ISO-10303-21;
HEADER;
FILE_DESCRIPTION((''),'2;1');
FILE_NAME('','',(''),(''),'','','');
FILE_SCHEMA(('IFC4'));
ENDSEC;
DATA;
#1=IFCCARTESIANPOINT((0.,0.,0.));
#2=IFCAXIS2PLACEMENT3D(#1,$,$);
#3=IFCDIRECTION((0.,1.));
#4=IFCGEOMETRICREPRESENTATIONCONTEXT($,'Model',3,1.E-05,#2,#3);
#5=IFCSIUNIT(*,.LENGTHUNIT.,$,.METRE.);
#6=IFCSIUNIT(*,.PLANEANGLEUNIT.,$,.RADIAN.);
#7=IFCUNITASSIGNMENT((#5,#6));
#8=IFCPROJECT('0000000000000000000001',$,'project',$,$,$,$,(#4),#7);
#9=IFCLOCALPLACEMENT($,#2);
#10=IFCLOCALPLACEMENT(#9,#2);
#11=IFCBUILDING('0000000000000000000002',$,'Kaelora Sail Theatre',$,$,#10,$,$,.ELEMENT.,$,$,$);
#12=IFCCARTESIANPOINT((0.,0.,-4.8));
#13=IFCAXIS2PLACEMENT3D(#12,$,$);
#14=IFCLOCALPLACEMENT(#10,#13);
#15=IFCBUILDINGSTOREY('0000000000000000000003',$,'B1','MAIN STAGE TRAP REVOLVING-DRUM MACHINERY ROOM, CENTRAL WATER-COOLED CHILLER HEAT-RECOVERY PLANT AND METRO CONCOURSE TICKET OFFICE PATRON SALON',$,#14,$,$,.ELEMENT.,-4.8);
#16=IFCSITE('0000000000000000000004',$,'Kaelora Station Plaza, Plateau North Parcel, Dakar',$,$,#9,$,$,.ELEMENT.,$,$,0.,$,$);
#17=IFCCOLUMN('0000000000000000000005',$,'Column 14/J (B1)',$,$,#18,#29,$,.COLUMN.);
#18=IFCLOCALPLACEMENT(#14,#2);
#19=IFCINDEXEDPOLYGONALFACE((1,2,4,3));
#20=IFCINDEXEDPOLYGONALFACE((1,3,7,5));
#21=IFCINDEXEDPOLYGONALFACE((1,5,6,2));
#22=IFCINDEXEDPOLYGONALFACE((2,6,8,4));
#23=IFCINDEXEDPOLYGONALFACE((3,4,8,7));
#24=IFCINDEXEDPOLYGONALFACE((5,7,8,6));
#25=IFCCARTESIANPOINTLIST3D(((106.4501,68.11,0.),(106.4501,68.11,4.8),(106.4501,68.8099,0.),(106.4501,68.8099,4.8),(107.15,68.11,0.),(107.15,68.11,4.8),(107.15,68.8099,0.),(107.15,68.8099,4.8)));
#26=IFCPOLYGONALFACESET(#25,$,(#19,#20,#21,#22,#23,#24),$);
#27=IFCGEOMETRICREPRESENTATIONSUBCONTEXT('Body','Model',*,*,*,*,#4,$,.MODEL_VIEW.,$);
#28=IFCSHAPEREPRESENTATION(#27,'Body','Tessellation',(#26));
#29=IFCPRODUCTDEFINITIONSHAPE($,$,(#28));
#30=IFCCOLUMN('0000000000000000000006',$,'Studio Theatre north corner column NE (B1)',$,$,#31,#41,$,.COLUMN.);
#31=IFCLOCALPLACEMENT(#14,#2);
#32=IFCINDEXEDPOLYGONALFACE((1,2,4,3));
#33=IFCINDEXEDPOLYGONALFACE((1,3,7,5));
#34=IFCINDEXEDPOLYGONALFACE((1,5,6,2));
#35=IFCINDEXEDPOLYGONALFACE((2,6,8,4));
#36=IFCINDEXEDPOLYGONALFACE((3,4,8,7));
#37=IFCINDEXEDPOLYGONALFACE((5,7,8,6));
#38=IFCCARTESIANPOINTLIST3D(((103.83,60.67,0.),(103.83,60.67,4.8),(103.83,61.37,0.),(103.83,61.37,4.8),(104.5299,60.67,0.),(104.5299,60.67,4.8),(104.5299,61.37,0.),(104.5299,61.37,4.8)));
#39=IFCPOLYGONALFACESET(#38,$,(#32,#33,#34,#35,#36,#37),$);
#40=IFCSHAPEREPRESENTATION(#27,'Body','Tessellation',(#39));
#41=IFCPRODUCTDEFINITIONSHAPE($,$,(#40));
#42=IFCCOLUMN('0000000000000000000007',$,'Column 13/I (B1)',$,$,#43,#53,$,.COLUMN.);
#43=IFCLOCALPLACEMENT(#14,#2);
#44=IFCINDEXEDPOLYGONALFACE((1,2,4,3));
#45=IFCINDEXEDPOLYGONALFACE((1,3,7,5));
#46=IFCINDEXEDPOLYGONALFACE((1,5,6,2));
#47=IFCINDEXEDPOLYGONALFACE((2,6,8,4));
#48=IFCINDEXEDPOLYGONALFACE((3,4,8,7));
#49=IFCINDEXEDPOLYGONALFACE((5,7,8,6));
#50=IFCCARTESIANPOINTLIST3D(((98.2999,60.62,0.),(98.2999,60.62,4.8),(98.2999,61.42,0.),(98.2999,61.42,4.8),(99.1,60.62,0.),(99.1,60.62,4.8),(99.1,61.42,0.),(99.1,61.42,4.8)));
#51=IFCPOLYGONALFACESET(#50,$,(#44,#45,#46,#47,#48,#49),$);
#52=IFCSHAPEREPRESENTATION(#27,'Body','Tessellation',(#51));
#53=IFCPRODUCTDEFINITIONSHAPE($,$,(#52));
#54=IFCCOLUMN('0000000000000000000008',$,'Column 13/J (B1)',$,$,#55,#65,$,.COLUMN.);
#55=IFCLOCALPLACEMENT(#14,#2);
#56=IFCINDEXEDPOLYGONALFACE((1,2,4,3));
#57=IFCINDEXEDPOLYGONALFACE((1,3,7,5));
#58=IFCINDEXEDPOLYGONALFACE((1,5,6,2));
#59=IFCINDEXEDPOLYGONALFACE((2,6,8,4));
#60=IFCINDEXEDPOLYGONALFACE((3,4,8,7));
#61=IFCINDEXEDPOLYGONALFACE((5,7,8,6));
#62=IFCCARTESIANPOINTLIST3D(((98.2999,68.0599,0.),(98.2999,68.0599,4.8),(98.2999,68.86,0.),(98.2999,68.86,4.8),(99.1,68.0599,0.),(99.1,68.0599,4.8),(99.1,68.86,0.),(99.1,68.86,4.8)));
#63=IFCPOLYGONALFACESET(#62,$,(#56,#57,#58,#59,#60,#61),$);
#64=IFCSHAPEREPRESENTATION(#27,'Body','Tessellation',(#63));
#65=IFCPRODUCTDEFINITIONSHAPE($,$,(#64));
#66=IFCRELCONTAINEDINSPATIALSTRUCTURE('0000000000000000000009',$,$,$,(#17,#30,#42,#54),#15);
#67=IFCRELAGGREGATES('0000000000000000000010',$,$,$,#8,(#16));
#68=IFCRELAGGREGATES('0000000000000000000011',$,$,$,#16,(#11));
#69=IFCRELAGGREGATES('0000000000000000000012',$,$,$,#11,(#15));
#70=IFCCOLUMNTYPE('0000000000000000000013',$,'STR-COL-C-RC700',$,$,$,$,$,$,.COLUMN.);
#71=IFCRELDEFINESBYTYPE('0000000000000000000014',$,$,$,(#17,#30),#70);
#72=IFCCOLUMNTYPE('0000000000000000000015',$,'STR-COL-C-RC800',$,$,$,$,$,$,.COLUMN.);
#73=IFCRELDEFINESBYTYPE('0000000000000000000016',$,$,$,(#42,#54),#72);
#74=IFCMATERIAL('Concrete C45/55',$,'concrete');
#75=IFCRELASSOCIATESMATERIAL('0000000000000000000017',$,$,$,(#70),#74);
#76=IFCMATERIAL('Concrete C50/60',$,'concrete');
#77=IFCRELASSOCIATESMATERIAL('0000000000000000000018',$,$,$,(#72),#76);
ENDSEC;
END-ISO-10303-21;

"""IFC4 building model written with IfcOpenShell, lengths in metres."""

from ifc_helpers import new_model, si_unit, direction, frame, origin, origin_2d, place, context, subcontext, project, spatial, rectangle, extrude, material, material_profile, profile_set, type_object, element, save


model = new_model("IFC4")

# Units and contexts
model_context = context("Model", 3, precision=1e-05, world=origin(), true_north=direction((0.0, 1.0)))
body_context = subcontext(model_context, "Body", "Model", "MODEL_VIEW")
ifc_project = project(units=[si_unit("LENGTHUNIT", "METRE"), si_unit("PLANEANGLEUNIT", "RADIAN")], contexts=[model_context])

# Site, building, storey
site_placement = place(None, origin())
site = spatial("IfcSite", under=ifc_project, at=site_placement, Name="Kaelora Station Plaza, Plateau North Parcel, Dakar", CompositionType="ELEMENT", RefElevation=0.0)
building_placement = place(site_placement, origin())
building = spatial("IfcBuilding", under=site, at=building_placement, Name="Kaelora Sail Theatre", CompositionType="ELEMENT")
storey_placement = place(building_placement, frame((0.0, 0.0, -4.8)))
storey = spatial("IfcBuildingStorey", under=building, at=storey_placement, Name="B1", Description="MAIN STAGE TRAP REVOLVING-DRUM MACHINERY ROOM, CENTRAL WATER-COOLED CHILLER HEAT-RECOVERY PLANT AND METRO CONCOURSE TICKET OFFICE PATRON SALON", CompositionType="ELEMENT", Elevation=-4.8)

# Columns
ifc_material_1 = material(Name="Concrete C45/55", Category="concrete")
ifc_material_profile_1 = material_profile(ifc_material_1, rectangle(XDim=0.7, YDim=0.7, at=origin_2d()), Name="RC-COL 700x700")
ifc_profile_set_1 = profile_set([ifc_material_profile_1], Name="Concrete C45/55")
column_type_1 = type_object("IfcColumnType", Name="STR-COL-C-RC700", PredefinedType="COLUMN", material=ifc_profile_set_1)
for number, where, z_axis, x_axis, name in (
    (1, (106.8, 68.46, 0.0), (0.0, 0.0, 1.0), (1.0, 0.0, 0.0), "Column 14/J (B1)"),
    (2, (104.1799, 61.02, 0.0), (0.0, 0.0, 1.0), (1.0, 0.0, 0.0), "Studio Theatre north corner column NE (B1)"),
):
    element("IfcColumn", number, at=place(storey_placement, frame(where, z_axis=z_axis, x_axis=x_axis)), inside=storey, type_object=column_type_1, Name=name, PredefinedType="COLUMN", context=body_context, shape_type="SweptSolid", body=[
        extrude(rectangle(XDim=0.7, YDim=0.7, at=origin_2d()), origin(), (0.0, 0.0, 1.0), 4.8),
    ])
ifc_material_2 = material(Name="Concrete C50/60", Category="concrete")
ifc_material_profile_2 = material_profile(ifc_material_2, rectangle(XDim=0.8, YDim=0.8, at=origin_2d()), Name="RC-COL 800x800")
ifc_profile_set_2 = profile_set([ifc_material_profile_2], Name="Concrete C50/60")
column_type_2 = type_object("IfcColumnType", Name="STR-COL-C-RC800", PredefinedType="COLUMN", material=ifc_profile_set_2)
for number, where, z_axis, x_axis, name in (
    (3, (98.7, 61.02, 0.0), (0.0, 0.0, 1.0), (1.0, 0.0, 0.0), "Column 13/I (B1)"),
    (4, (98.7, 68.46, 0.0), (0.0, 0.0, 1.0), (1.0, 0.0, 0.0), "Column 13/J (B1)"),
):
    element("IfcColumn", number, at=place(storey_placement, frame(where, z_axis=z_axis, x_axis=x_axis)), inside=storey, type_object=column_type_2, Name=name, PredefinedType="COLUMN", context=body_context, shape_type="SweptSolid", body=[
        extrude(rectangle(XDim=0.8, YDim=0.8, at=origin_2d()), origin(), (0.0, 0.0, 1.0), 4.8),
    ])

save(model, "model.ifc")
